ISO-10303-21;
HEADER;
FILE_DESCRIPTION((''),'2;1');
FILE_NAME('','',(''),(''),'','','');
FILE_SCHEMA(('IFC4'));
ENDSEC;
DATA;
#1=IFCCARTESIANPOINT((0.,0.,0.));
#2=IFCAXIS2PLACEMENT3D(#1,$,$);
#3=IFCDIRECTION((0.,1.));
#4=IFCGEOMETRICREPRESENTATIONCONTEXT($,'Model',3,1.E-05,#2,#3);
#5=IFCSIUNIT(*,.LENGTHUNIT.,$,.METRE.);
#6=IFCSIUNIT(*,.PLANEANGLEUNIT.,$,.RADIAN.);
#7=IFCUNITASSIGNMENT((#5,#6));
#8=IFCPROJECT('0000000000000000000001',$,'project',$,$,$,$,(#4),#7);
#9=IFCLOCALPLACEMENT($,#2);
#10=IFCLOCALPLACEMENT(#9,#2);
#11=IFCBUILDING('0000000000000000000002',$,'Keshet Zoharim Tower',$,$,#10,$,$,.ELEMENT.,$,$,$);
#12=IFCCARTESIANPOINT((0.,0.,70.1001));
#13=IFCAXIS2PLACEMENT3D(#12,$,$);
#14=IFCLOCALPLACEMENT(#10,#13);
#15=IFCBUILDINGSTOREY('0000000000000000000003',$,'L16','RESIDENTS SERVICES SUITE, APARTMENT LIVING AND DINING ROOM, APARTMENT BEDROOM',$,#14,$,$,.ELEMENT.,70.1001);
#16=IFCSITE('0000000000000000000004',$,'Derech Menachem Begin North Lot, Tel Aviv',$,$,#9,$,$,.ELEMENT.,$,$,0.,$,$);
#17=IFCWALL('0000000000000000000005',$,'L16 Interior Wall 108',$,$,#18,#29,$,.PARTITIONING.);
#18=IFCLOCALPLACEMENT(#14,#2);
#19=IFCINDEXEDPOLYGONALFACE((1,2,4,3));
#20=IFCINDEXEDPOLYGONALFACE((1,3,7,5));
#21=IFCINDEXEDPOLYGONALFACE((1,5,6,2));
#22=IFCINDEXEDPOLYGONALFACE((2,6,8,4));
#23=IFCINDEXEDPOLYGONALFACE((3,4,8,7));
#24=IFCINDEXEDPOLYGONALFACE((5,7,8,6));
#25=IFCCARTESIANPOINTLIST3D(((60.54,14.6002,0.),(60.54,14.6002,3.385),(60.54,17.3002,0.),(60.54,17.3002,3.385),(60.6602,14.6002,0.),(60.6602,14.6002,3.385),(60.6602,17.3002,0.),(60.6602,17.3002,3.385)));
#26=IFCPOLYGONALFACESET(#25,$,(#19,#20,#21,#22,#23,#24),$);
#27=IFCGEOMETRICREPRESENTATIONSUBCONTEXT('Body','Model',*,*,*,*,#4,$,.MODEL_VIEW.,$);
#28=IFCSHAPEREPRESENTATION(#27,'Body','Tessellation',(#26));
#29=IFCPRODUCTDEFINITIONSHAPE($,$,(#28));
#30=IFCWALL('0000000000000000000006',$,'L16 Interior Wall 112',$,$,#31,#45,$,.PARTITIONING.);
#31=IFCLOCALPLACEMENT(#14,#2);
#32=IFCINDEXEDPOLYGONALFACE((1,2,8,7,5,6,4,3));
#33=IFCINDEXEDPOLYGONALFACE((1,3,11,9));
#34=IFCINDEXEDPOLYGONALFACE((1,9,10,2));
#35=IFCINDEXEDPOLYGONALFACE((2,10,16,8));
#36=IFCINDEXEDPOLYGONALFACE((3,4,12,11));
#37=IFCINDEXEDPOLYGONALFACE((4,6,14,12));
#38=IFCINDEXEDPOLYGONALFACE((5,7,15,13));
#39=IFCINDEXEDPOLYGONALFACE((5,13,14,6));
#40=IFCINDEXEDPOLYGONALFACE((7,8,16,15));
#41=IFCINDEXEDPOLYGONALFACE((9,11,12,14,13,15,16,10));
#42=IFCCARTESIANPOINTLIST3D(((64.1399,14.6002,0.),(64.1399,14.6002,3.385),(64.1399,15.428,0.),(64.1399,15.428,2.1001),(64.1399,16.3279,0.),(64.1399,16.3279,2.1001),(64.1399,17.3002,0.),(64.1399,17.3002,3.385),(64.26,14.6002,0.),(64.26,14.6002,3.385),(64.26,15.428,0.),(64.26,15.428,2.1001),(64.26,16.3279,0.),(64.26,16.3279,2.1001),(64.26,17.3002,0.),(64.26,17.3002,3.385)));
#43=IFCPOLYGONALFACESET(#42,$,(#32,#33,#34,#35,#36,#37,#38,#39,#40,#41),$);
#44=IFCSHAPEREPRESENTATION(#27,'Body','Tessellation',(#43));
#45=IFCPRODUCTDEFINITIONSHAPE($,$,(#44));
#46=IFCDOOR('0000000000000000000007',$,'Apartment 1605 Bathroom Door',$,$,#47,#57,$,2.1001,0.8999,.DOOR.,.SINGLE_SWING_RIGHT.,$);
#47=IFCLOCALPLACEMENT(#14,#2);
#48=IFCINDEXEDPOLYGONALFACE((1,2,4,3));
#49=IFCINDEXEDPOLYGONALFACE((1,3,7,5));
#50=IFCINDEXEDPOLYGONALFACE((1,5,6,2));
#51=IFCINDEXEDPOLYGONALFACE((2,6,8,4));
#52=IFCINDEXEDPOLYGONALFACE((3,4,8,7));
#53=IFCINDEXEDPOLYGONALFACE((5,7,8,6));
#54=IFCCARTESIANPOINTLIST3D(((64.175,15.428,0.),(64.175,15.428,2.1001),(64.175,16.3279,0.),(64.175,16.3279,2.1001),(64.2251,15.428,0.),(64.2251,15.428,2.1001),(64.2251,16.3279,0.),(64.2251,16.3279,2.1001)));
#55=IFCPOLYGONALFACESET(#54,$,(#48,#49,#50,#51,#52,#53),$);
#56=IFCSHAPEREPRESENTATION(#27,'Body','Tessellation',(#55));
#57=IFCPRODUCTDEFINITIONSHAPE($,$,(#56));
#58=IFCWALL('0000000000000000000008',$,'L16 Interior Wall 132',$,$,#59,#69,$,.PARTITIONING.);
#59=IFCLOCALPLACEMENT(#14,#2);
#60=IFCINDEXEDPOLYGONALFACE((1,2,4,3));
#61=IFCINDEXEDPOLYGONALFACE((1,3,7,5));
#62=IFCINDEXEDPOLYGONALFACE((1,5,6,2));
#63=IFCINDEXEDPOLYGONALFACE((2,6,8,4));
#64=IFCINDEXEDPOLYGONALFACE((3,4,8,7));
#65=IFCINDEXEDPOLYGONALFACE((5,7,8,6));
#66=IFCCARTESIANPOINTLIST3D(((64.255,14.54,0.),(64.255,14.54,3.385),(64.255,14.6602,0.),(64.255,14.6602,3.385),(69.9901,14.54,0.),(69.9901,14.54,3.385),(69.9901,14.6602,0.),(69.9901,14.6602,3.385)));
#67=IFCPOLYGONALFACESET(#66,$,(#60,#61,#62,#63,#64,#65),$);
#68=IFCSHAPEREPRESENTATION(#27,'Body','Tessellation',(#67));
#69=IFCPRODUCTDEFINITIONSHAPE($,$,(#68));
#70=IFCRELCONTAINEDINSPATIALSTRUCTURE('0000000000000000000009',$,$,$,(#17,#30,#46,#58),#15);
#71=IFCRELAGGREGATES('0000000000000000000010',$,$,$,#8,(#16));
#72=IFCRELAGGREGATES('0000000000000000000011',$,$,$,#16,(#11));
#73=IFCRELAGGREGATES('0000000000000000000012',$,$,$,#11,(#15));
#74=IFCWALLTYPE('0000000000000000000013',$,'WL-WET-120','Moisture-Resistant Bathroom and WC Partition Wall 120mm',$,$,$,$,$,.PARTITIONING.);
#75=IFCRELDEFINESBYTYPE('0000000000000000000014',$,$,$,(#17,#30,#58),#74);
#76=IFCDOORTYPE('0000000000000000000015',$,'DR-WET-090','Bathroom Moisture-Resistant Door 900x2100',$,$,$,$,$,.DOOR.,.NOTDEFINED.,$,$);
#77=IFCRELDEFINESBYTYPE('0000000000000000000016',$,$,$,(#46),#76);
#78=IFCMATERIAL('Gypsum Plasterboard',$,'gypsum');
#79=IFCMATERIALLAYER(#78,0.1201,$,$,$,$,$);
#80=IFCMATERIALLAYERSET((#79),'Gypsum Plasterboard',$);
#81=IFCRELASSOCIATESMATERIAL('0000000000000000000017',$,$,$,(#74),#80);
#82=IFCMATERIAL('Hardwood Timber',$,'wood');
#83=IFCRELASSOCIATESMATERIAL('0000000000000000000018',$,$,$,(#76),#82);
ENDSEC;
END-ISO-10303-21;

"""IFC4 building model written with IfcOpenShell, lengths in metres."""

from ifc_helpers import new_model, si_unit, direction, frame, frame_2d, origin, place, context, subcontext, project, spatial, rectangle, extrude, material, layer, layer_set, type_object, element, fill, save


model = new_model("IFC4")

# Units and contexts
model_context = context("Model", 3, precision=1e-05, world=origin(), true_north=direction((0.0, 1.0)))
body_context = subcontext(model_context, "Body", "Model", "MODEL_VIEW")
ifc_project = project(units=[si_unit("LENGTHUNIT", "METRE"), si_unit("PLANEANGLEUNIT", "RADIAN")], contexts=[model_context])

# Site, building, storey
site_placement = place(None, origin())
site = spatial("IfcSite", under=ifc_project, at=site_placement, Name="Derech Menachem Begin North Lot, Tel Aviv", CompositionType="ELEMENT", RefElevation=0.0)
building_placement = place(site_placement, origin())
building = spatial("IfcBuilding", under=site, at=building_placement, Name="Keshet Zoharim Tower", CompositionType="ELEMENT")
storey_placement = place(building_placement, frame((0.0, 0.0, 70.1001)))
storey = spatial("IfcBuildingStorey", under=building, at=storey_placement, Name="L16", Description="RESIDENTS SERVICES SUITE, APARTMENT LIVING AND DINING ROOM, APARTMENT BEDROOM", CompositionType="ELEMENT", Elevation=70.1001)

# Shared definitions
ifc_material_1 = material(Name="Gypsum Plasterboard", Category="gypsum")
ifc_material_2 = material(Name="Hardwood Timber", Category="wood")

# Wall
ifc_layer_1 = layer(ifc_material_1, 0.1201)
ifc_layer_set_1 = layer_set([ifc_layer_1], Name="Gypsum Plasterboard")
wall_type_1 = type_object("IfcWallType", Name="WL-WET-120", Description="Moisture-Resistant Bathroom and WC Partition Wall 120mm", PredefinedType="PARTITIONING", material=ifc_layer_set_1)
wall_1_placement = place(storey_placement, frame((60.6001, 14.6001, 0.0), z_axis=(0.0, 0.0, 1.0), x_axis=(0.0, 1.0, 0.0)))
element("IfcWall", 1, at=wall_1_placement, inside=storey, type_object=wall_type_1, Name="L16 Interior Wall 108", PredefinedType="PARTITIONING", context=body_context, shape_type="SweptSolid", body=[
    extrude(rectangle(XDim=2.7, YDim=0.1201, at=frame_2d((1.3501, 0.0))), origin(), (0.0, 0.0, 1.0), 3.385),
])

# Wall, opening, door
wall_2_placement = place(storey_placement, frame((64.2, 14.6001, 0.0), z_axis=(0.0, 0.0, 1.0), x_axis=(0.0, 1.0, 0.0)))
wall_2 = element("IfcWall", 2, at=wall_2_placement, inside=storey, type_object=wall_type_1, Name="L16 Interior Wall 112", PredefinedType="PARTITIONING", context=body_context, shape_type="SweptSolid", body=[
    extrude(rectangle(XDim=2.7, YDim=0.1201, at=frame_2d((1.3501, 0.0))), origin(), (0.0, 0.0, 1.0), 3.385),
])
opening_1_placement = place(wall_2_placement, frame((0.8279, 0.0, 0.0)))
opening_1 = element("IfcOpeningElement", 3, at=opening_1_placement, cuts=wall_2, PredefinedType="OPENING", context=body_context, shape_type="SweptSolid", body=[
    extrude(rectangle(XDim=0.8999, YDim=2.1001, at=frame_2d((0.45, 1.05))), frame((0.0, 0.0701, 0.0), z_axis=(0.0, -1.0, 0.0), x_axis=(1.0, 0.0, 0.0)), (0.0, 0.0, 1.0), 0.1401),
])
door_type_1 = type_object("IfcDoorType", Name="DR-WET-090", Description="Bathroom Moisture-Resistant Door 900x2100", OperationType="NOTDEFINED", PredefinedType="DOOR", material=ifc_material_2)
door_1_placement = place(opening_1_placement, origin())
door_1 = element("IfcDoor", 4, at=door_1_placement, inside=storey, type_object=door_type_1, Name="Apartment 1605 Bathroom Door", OperationType="SINGLE_SWING_RIGHT", OverallHeight=2.1001, OverallWidth=0.8999, PredefinedType="DOOR", context=body_context, shape_type="SweptSolid", body=[
    extrude(rectangle(XDim=0.8999, YDim=2.1001, at=frame_2d((0.45, 1.05))), frame((0.0, 0.0249, 0.0), z_axis=(0.0, -1.0, 0.0), x_axis=(1.0, 0.0, 0.0)), (0.0, 0.0, 1.0), 0.05),
])
fill(opening_1, door_1)

# Wall
wall_3_placement = place(storey_placement, frame((64.2549, 14.6001, 0.0), z_axis=(0.0, 0.0, 1.0), x_axis=(1.0, 0.0, 0.0)))
element("IfcWall", 5, at=wall_3_placement, inside=storey, type_object=wall_type_1, Name="L16 Interior Wall 132", PredefinedType="PARTITIONING", context=body_context, shape_type="SweptSolid", body=[
    extrude(rectangle(XDim=5.7351, YDim=0.1201, at=frame_2d((2.8677, 0.0))), origin(), (0.0, 0.0, 1.0), 3.385),
])

save(model, "model.ifc")
